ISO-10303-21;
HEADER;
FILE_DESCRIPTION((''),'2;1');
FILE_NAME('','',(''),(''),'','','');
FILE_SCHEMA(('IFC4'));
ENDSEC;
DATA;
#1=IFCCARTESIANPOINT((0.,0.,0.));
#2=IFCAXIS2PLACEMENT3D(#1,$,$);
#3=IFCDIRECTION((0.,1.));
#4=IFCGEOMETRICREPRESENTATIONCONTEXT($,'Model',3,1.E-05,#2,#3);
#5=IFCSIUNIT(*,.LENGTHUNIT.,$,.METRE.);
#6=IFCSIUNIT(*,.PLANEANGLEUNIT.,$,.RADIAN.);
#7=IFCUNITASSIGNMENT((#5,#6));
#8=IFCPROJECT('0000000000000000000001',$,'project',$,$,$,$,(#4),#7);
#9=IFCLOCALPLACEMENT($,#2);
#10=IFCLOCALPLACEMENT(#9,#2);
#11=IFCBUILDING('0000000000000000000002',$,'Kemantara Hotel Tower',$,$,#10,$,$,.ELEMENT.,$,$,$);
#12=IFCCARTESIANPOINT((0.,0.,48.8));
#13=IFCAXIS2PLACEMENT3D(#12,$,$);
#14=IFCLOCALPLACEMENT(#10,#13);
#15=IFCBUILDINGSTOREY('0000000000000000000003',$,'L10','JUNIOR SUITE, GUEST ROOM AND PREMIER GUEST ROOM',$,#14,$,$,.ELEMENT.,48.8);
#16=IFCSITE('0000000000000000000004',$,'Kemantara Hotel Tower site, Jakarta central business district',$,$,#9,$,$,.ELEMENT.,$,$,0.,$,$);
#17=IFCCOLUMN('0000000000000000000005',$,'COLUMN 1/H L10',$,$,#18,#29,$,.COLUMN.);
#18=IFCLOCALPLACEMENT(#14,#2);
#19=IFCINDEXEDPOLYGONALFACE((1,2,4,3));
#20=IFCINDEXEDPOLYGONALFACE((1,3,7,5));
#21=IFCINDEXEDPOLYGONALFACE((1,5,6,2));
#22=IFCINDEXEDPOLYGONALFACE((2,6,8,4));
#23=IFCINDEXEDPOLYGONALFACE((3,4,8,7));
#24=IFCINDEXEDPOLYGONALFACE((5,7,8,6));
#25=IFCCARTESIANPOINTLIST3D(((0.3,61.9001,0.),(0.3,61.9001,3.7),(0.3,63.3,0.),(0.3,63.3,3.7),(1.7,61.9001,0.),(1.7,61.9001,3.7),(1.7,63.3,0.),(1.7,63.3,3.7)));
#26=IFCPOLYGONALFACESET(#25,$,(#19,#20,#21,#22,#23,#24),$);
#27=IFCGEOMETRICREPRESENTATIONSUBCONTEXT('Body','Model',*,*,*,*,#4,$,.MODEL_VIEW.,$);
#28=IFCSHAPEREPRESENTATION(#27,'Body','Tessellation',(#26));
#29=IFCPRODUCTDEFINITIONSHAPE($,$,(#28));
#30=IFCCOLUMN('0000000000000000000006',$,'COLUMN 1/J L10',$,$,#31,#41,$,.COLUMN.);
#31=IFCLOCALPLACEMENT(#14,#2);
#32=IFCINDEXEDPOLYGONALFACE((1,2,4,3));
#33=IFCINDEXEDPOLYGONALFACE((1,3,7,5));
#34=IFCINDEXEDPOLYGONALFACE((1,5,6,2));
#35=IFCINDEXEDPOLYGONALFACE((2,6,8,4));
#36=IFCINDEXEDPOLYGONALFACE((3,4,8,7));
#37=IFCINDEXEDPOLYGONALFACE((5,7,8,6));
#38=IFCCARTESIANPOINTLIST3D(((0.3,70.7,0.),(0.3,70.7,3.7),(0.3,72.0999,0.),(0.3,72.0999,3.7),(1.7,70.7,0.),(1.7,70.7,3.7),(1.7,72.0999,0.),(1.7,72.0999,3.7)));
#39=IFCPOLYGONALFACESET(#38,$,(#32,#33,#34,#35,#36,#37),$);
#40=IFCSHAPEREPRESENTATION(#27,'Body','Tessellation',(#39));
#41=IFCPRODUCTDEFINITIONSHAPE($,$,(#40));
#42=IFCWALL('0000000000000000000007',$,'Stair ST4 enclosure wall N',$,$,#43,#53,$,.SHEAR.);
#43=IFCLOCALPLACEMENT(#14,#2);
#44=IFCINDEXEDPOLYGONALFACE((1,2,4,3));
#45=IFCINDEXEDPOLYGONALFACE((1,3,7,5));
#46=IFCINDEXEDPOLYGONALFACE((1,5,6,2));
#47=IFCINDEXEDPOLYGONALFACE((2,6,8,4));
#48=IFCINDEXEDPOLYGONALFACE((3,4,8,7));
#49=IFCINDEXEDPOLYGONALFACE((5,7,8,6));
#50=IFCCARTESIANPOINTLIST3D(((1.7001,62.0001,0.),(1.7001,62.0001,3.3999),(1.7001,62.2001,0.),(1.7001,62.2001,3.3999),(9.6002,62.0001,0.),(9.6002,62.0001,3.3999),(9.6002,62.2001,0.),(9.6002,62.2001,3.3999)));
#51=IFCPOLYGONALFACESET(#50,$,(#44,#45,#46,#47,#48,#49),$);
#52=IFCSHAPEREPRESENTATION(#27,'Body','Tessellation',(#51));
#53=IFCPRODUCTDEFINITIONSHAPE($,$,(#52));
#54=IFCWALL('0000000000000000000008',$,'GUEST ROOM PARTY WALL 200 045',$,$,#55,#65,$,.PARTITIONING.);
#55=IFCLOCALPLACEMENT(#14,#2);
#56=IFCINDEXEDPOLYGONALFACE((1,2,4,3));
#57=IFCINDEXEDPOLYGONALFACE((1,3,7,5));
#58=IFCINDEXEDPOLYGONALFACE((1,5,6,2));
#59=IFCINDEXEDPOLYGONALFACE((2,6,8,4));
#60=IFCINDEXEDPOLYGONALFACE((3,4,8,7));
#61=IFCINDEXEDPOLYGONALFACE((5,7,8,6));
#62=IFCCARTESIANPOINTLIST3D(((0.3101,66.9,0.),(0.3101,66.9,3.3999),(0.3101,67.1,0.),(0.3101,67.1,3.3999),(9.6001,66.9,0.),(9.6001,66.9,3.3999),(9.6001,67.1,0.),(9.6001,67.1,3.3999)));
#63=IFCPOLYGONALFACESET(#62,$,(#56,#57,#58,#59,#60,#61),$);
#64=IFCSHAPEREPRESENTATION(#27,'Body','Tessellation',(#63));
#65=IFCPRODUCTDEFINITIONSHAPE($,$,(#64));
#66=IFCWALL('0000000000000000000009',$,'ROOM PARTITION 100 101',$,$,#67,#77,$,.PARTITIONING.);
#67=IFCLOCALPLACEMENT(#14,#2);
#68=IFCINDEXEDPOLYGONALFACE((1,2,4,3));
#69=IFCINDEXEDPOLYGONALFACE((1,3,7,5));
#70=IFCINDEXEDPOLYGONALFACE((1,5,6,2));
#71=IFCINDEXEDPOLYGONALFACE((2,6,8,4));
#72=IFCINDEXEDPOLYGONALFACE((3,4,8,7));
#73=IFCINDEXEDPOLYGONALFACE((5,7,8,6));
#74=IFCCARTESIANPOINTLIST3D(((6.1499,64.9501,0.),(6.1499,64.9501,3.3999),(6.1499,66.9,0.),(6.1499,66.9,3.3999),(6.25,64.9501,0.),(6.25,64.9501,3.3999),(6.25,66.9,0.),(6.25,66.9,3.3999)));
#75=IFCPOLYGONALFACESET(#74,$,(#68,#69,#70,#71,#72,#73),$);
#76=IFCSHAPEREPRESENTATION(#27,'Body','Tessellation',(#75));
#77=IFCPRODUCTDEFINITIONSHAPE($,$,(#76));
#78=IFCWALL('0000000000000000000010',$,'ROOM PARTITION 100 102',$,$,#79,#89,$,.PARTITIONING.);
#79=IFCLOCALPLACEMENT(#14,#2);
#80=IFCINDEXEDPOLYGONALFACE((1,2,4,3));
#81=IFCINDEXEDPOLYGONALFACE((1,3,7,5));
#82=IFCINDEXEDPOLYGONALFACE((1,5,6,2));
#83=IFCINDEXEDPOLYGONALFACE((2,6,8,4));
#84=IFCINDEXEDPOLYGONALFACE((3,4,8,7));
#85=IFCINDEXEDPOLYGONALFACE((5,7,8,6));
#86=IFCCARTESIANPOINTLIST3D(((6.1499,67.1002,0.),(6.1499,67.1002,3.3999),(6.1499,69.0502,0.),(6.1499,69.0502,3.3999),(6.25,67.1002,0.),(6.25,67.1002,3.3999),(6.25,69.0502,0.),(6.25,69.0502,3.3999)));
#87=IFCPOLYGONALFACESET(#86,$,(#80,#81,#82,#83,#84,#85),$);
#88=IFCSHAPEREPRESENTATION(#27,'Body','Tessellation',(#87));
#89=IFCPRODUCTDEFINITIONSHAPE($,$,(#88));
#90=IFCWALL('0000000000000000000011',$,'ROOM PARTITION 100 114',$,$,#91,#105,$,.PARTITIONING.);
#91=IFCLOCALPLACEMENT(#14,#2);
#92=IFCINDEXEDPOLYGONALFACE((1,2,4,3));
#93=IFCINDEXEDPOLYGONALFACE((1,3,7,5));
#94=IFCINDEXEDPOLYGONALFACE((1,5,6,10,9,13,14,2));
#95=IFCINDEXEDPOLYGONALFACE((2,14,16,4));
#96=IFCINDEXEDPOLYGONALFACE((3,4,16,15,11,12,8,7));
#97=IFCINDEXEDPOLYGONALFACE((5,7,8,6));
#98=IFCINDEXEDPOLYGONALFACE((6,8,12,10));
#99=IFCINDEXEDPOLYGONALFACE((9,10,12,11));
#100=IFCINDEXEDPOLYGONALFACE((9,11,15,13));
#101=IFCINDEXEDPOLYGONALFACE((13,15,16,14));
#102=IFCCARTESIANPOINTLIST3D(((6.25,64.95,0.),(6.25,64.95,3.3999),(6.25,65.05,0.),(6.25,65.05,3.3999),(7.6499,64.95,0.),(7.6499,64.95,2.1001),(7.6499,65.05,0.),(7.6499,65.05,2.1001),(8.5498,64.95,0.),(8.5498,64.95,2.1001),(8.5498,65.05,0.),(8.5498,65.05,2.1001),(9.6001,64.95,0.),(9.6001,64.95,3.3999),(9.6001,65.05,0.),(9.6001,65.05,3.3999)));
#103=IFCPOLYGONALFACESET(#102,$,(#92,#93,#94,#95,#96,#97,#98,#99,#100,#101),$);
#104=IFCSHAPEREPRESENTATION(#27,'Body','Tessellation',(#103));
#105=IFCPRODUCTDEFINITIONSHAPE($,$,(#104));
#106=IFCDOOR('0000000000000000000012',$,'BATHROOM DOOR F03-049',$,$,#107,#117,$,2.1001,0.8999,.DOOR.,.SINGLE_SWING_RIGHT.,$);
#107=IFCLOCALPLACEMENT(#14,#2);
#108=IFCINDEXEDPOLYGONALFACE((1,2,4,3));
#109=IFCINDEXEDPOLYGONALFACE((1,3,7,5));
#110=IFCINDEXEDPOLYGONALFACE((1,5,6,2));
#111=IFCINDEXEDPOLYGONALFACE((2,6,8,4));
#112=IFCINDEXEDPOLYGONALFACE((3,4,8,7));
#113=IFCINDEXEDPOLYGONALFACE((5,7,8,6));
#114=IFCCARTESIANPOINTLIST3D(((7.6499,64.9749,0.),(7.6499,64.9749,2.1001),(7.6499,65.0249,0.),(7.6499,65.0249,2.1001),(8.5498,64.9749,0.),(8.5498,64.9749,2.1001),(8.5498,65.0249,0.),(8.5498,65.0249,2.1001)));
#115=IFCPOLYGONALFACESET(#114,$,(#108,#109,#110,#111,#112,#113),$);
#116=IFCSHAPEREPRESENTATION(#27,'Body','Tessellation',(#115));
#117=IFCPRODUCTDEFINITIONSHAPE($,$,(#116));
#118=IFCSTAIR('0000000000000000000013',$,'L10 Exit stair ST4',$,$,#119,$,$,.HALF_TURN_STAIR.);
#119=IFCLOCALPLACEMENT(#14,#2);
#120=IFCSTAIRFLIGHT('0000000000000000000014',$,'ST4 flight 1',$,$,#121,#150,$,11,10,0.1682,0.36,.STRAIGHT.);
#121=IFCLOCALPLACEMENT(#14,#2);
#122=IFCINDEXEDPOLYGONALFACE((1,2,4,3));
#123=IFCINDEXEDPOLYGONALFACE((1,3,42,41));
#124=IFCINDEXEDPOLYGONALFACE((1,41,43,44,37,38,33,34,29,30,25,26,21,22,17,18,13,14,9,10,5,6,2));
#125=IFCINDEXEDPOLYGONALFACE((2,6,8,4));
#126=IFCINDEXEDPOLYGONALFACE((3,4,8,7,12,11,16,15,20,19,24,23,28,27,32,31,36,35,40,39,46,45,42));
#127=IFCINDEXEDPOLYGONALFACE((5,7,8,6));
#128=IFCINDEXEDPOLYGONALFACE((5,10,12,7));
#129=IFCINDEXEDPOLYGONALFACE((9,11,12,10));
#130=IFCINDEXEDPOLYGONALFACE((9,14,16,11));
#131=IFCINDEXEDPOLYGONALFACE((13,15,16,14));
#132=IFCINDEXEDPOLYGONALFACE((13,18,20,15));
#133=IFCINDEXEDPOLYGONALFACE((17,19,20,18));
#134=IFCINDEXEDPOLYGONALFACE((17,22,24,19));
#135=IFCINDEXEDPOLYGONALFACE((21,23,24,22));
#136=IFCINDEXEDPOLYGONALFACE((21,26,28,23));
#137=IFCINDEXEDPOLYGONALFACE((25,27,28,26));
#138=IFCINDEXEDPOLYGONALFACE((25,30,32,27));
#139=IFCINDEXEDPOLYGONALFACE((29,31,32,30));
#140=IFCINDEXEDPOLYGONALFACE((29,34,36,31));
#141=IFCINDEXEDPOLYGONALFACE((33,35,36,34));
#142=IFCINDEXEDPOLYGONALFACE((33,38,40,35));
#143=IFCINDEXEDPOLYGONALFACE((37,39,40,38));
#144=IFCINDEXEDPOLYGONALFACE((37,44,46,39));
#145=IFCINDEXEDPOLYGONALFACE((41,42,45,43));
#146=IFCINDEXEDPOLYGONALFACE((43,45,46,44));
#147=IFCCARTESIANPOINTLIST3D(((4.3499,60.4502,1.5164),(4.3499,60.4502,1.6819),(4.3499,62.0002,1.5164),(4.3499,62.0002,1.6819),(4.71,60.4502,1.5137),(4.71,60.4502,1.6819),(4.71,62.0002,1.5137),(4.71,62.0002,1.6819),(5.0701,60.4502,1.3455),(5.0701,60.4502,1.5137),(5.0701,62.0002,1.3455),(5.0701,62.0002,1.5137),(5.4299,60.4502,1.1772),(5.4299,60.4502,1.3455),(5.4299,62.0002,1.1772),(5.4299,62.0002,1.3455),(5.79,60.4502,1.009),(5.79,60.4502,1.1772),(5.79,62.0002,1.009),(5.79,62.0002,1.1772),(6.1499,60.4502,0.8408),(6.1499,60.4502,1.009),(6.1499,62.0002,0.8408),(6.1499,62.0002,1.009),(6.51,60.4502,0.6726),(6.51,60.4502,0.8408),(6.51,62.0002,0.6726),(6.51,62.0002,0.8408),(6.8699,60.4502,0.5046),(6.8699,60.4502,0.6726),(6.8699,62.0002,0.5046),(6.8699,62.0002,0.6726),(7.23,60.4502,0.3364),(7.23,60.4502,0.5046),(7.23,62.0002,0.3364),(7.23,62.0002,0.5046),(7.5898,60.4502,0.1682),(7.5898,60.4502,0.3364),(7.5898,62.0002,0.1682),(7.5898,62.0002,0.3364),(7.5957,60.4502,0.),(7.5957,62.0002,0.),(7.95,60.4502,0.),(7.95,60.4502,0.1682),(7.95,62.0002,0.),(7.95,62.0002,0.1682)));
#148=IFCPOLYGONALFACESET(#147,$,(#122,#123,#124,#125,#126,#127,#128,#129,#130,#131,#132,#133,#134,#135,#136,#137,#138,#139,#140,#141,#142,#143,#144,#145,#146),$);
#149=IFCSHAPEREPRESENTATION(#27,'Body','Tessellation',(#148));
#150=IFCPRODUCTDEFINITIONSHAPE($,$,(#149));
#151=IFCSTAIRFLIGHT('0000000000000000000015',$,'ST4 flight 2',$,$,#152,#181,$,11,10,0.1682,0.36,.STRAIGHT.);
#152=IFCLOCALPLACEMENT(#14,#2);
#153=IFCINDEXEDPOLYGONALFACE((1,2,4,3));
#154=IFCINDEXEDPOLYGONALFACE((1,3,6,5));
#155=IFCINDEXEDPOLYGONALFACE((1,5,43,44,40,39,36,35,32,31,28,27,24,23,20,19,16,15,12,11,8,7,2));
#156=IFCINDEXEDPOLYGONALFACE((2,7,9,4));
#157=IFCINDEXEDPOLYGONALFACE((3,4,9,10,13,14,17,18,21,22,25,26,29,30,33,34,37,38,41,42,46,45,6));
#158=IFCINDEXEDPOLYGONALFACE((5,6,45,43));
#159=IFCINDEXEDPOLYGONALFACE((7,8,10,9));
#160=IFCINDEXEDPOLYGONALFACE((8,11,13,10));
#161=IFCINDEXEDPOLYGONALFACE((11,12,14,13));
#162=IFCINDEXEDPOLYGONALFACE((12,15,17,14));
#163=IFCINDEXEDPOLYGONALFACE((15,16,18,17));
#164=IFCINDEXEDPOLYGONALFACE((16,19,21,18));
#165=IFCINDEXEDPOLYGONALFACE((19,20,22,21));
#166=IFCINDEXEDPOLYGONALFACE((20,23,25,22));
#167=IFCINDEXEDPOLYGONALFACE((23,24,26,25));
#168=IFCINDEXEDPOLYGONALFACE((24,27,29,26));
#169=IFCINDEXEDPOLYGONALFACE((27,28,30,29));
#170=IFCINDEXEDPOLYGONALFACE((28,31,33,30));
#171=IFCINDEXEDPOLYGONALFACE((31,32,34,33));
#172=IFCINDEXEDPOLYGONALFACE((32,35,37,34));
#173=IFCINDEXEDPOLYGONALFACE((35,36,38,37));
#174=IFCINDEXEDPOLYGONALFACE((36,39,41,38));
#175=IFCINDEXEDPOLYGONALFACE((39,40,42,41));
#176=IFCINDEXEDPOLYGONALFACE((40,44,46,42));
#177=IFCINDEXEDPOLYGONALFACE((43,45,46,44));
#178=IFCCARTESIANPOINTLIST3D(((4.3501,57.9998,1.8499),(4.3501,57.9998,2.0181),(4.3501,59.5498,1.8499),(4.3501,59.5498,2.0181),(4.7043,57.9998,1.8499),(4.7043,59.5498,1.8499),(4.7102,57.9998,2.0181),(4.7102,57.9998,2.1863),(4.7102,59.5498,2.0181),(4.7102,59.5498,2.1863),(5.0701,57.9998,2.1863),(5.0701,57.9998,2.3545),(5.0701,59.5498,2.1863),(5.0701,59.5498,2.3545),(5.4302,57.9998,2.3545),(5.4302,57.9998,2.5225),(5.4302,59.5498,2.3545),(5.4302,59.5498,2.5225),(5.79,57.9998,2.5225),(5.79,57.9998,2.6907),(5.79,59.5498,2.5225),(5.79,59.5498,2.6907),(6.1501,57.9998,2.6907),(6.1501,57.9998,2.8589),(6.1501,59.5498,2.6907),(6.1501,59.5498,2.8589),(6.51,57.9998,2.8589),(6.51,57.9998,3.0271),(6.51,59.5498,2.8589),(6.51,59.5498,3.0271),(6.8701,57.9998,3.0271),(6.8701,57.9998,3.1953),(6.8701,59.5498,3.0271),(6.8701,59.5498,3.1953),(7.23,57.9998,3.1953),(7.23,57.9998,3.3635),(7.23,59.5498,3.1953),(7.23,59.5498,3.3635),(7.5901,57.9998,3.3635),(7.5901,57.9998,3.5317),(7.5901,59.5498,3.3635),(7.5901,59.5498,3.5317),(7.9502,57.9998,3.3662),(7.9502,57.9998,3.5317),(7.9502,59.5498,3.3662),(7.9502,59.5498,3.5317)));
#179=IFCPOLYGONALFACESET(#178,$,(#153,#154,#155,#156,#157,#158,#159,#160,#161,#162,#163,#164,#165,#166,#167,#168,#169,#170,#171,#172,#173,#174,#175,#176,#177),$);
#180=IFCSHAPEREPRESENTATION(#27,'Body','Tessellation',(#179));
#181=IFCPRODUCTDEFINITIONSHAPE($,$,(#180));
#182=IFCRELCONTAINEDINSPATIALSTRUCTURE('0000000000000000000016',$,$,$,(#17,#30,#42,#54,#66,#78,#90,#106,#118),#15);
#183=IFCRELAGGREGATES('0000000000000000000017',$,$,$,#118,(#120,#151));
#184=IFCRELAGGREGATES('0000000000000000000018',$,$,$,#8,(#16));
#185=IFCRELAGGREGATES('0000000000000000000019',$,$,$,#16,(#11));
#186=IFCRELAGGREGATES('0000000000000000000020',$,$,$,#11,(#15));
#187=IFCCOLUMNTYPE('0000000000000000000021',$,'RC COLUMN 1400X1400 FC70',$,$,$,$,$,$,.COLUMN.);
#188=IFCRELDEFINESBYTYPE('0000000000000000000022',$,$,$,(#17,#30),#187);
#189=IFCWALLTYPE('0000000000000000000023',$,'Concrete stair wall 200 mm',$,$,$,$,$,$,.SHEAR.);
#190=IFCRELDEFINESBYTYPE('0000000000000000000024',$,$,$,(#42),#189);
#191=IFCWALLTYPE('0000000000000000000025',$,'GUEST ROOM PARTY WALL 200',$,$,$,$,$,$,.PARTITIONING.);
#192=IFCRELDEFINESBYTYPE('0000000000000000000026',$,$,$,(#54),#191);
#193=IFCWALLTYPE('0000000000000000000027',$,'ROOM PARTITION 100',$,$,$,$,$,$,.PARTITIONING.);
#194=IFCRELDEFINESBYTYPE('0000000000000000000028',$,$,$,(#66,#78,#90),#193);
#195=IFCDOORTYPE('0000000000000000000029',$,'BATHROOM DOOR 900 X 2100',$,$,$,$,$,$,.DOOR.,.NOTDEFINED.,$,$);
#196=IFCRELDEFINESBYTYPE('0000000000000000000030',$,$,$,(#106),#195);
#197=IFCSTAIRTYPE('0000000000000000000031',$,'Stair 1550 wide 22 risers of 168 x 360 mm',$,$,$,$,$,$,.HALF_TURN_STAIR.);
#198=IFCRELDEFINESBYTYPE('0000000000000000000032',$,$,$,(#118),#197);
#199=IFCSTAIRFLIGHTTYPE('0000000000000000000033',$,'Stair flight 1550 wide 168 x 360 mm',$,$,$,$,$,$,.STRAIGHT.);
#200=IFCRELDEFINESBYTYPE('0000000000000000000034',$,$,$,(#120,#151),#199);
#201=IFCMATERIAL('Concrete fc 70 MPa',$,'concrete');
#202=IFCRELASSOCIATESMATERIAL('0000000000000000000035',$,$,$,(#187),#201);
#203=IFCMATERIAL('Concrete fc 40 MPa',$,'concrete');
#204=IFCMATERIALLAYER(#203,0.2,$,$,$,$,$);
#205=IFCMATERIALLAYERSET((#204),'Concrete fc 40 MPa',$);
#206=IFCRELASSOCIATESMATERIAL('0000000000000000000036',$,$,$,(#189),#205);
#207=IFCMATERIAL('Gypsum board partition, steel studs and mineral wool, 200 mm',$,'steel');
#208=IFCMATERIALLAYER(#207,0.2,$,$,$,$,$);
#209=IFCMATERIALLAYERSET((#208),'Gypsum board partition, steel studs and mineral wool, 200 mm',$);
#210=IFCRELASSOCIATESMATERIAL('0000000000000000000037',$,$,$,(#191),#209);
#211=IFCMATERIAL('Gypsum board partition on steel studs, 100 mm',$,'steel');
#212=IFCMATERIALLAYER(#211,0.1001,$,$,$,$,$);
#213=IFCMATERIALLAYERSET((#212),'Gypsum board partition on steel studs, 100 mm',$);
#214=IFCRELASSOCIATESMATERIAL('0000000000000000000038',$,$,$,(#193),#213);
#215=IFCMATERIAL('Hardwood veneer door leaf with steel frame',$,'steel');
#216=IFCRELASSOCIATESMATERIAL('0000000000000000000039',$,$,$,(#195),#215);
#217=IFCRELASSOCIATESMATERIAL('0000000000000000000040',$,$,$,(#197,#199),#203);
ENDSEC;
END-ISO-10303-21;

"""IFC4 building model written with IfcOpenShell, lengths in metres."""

from ifc_helpers import new_model, si_unit, direction, frame, frame_2d, origin, origin_2d, place, context, subcontext, project, spatial, polyline, rectangle, outline, extrude, material, layer, layer_set, material_profile, profile_set, type_object, element, fill, aggregate, save


model = new_model("IFC4")

# Units and contexts
model_context = context("Model", 3, precision=1e-05, world=origin(), true_north=direction((0.0, 1.0)))
body_context = subcontext(model_context, "Body", "Model", "MODEL_VIEW")
ifc_project = project(units=[si_unit("LENGTHUNIT", "METRE"), si_unit("PLANEANGLEUNIT", "RADIAN")], contexts=[model_context])

# Site, building, storey
site_placement = place(None, origin())
site = spatial("IfcSite", under=ifc_project, at=site_placement, Name="Kemantara Hotel Tower site, Jakarta central business district", CompositionType="ELEMENT", RefElevation=0.0)
building_placement = place(site_placement, origin())
building = spatial("IfcBuilding", under=site, at=building_placement, Name="Kemantara Hotel Tower", CompositionType="ELEMENT")
storey_placement = place(building_placement, frame((0.0, 0.0, 48.8)))
storey = spatial("IfcBuildingStorey", under=building, at=storey_placement, Name="L10", Description="JUNIOR SUITE, GUEST ROOM AND PREMIER GUEST ROOM", CompositionType="ELEMENT", Elevation=48.8)

# Columns
ifc_material_1 = material(Name="Concrete fc 70 MPa", Category="concrete")
ifc_material_profile = material_profile(ifc_material_1, rectangle(XDim=1.3999, YDim=1.3999, at=origin_2d()), Name="RC 1400X1400")
ifc_profile_set = profile_set([ifc_material_profile], Name="Concrete fc 70 MPa")
column_type = type_object("IfcColumnType", Name="RC COLUMN 1400X1400 FC70", PredefinedType="COLUMN", material=ifc_profile_set)
for number, where, z_axis, x_axis, name in (
    (1, (1.0, 62.6001, 0.0), (0.0, 0.0, 1.0), (1.0, 0.0, 0.0), "COLUMN 1/H L10"),
    (2, (1.0, 71.3999, 0.0), (0.0, 0.0, 1.0), (1.0, 0.0, 0.0), "COLUMN 1/J L10"),
):
    element("IfcColumn", number, at=place(storey_placement, frame(where, z_axis=z_axis, x_axis=x_axis)), inside=storey, type_object=column_type, Name=name, PredefinedType="COLUMN", context=body_context, shape_type="SweptSolid", body=[
        extrude(rectangle(XDim=1.3999, YDim=1.3999, at=origin_2d()), origin(), (0.0, 0.0, 1.0), 3.7),
    ])

# Walls
ifc_material_2 = material(Name="Concrete fc 40 MPa", Category="concrete")
ifc_layer_1 = layer(ifc_material_2, 0.2)
ifc_layer_set_1 = layer_set([ifc_layer_1], Name="Concrete fc 40 MPa")
wall_type_1 = type_object("IfcWallType", Name="Concrete stair wall 200 mm", PredefinedType="SHEAR", material=ifc_layer_set_1)
wall_1_placement = place(storey_placement, frame((1.7, 62.1001, 0.0), z_axis=(0.0, 0.0, 1.0), x_axis=(1.0, 0.0, 0.0)))
element("IfcWall", 3, at=wall_1_placement, inside=storey, type_object=wall_type_1, Name="Stair ST4 enclosure wall N", PredefinedType="SHEAR", context=body_context, shape_type="SweptSolid", body=[
    extrude(rectangle(XDim=7.9001, YDim=0.2, at=frame_2d((3.9502, 0.0))), origin(), (0.0, 0.0, 1.0), 3.3999),
])
ifc_material_3 = material(Name="Gypsum board partition, steel studs and mineral wool, 200 mm", Category="steel")
ifc_layer_2 = layer(ifc_material_3, 0.2)
ifc_layer_set_2 = layer_set([ifc_layer_2], Name="Gypsum board partition, steel studs and mineral wool, 200 mm")
wall_type_2 = type_object("IfcWallType", Name="GUEST ROOM PARTY WALL 200", PredefinedType="PARTITIONING", material=ifc_layer_set_2)
wall_2_placement = place(storey_placement, frame((0.3101, 67.0, 0.0), z_axis=(0.0, 0.0, 1.0), x_axis=(1.0, 0.0, 0.0)))
element("IfcWall", 4, at=wall_2_placement, inside=storey, type_object=wall_type_2, Name="GUEST ROOM PARTY WALL 200 045", PredefinedType="PARTITIONING", context=body_context, shape_type="SweptSolid", body=[
    extrude(rectangle(XDim=9.29, YDim=0.2, at=frame_2d((4.645, 0.0))), origin(), (0.0, 0.0, 1.0), 3.3999),
])
ifc_material_4 = material(Name="Gypsum board partition on steel studs, 100 mm", Category="steel")
ifc_layer_3 = layer(ifc_material_4, 0.1001)
ifc_layer_set_3 = layer_set([ifc_layer_3], Name="Gypsum board partition on steel studs, 100 mm")
wall_type_3 = type_object("IfcWallType", Name="ROOM PARTITION 100", PredefinedType="PARTITIONING", material=ifc_layer_set_3)
for number, where, z_axis, x_axis, name in (
    (5, (6.2, 64.95, 0.0), (0.0, 0.0, 1.0), (0.0, 1.0, 0.0), "ROOM PARTITION 100 101"),
    (6, (6.2, 67.1001, 0.0), (0.0, 0.0, 1.0), (0.0, 1.0, 0.0), "ROOM PARTITION 100 102"),
):
    element("IfcWall", number, at=place(storey_placement, frame(where, z_axis=z_axis, x_axis=x_axis)), inside=storey, type_object=wall_type_3, Name=name, PredefinedType="PARTITIONING", context=body_context, shape_type="SweptSolid", body=[
        extrude(rectangle(XDim=1.95, YDim=0.1001, at=frame_2d((0.9751, 0.0))), origin(), (0.0, 0.0, 1.0), 3.3999),
    ])

# Wall, opening, door
wall_3_placement = place(storey_placement, frame((6.25, 65.0, 0.0), z_axis=(0.0, 0.0, 1.0), x_axis=(1.0, 0.0, 0.0)))
wall_3 = element("IfcWall", 7, at=wall_3_placement, inside=storey, type_object=wall_type_3, Name="ROOM PARTITION 100 114", PredefinedType="PARTITIONING", context=body_context, shape_type="SweptSolid", body=[
    extrude(rectangle(XDim=3.3501, YDim=0.1001, at=frame_2d((1.675, 0.0))), origin(), (0.0, 0.0, 1.0), 3.3999),
])
opening_placement = place(wall_3_placement, frame((1.3999, 0.0, 0.0)))
opening = element("IfcOpeningElement", 8, at=opening_placement, cuts=wall_3, PredefinedType="OPENING", context=body_context, shape_type="SweptSolid", body=[
    extrude(rectangle(XDim=0.8999, YDim=2.1001, at=frame_2d((0.45, 1.05))), frame((0.0, 0.0601, 0.0), z_axis=(0.0, -1.0, 0.0), x_axis=(1.0, 0.0, 0.0)), (0.0, 0.0, 1.0), 0.1201),
])
ifc_material_5 = material(Name="Hardwood veneer door leaf with steel frame", Category="steel")
door_type = type_object("IfcDoorType", Name="BATHROOM DOOR 900 X 2100", OperationType="NOTDEFINED", PredefinedType="DOOR", material=ifc_material_5)
door_placement = place(opening_placement, origin())
door = element("IfcDoor", 9, at=door_placement, inside=storey, type_object=door_type, Name="BATHROOM DOOR F03-049", OperationType="SINGLE_SWING_RIGHT", OverallHeight=2.1001, OverallWidth=0.8999, PredefinedType="DOOR", context=body_context, shape_type="SweptSolid", body=[
    extrude(rectangle(XDim=0.8999, YDim=2.1001, at=frame_2d((0.45, 1.05))), frame((0.0, 0.0249, 0.0), z_axis=(0.0, -1.0, 0.0), x_axis=(1.0, 0.0, 0.0)), (0.0, 0.0, 1.0), 0.05),
])
fill(opening, door)

# Stair, stair flights
stair_type = type_object("IfcStairType", Name="Stair 1550 wide 22 risers of 168 x 360 mm", PredefinedType="HALF_TURN_STAIR", material=ifc_material_2)
stair_placement = place(storey_placement, origin())
stair = element("IfcStair", 10, at=stair_placement, inside=storey, type_object=stair_type, Name="L10 Exit stair ST4", PredefinedType="HALF_TURN_STAIR")
stair_flight_type = type_object("IfcStairFlightType", Name="Stair flight 1550 wide 168 x 360 mm", PredefinedType="STRAIGHT", material=ifc_material_2)
stair_flight_1_placement = place(storey_placement, frame((7.95, 61.2251, 0.0), z_axis=(0.0, 0.0, 1.0), x_axis=(-1.0, 0.0, 0.0)))
stair_flight_1 = element("IfcStairFlight", 11, at=stair_flight_1_placement, type_object=stair_flight_type, Name="ST4 flight 1", NumberOfRisers=11, NumberOfTreads=10, PredefinedType="STRAIGHT", RiserHeight=0.1682, TreadLength=0.36, context=body_context, shape_type="SweptSolid", body=[
    extrude(outline(polyline([(0.0, 0.0), (0.0, 0.1682), (0.3601, 0.1682), (0.3601, 0.3364), (0.72, 0.3364), (0.72, 0.5046), (1.0801, 0.5046), (1.0801, 0.6726), (1.4399, 0.6726), (1.4399, 0.8408), (1.8, 0.8408), (1.8, 1.009), (2.1599, 1.009), (2.1599, 1.1772), (2.52, 1.1772), (2.52, 1.3455), (2.8799, 1.3455), (2.8799, 1.5137), (3.24, 1.5137), (3.24, 1.6819), (3.6001, 1.6819), (3.6001, 1.8501), (3.6001, 1.5164), (0.3542, 0.0), (0.0, 0.0)])), frame((0.0, 0.7749, 0.0), z_axis=(0.0, -1.0, 0.0), x_axis=(1.0, 0.0, 0.0)), (0.0, 0.0, 1.0), 1.55),
])
stair_flight_2_placement = place(storey_placement, frame((4.3501, 58.7749, 1.8499), z_axis=(0.0, 0.0, 1.0), x_axis=(1.0, 0.0, 0.0)))
stair_flight_2 = element("IfcStairFlight", 12, at=stair_flight_2_placement, type_object=stair_flight_type, Name="ST4 flight 2", NumberOfRisers=11, NumberOfTreads=10, PredefinedType="STRAIGHT", RiserHeight=0.1682, TreadLength=0.36, context=body_context, shape_type="SweptSolid", body=[
    extrude(outline(polyline([(0.0, 0.0), (0.0, 0.1682), (0.3601, 0.1682), (0.3601, 0.3364), (0.72, 0.3364), (0.72, 0.5046), (1.0801, 0.5046), (1.0801, 0.6726), (1.4399, 0.6726), (1.4399, 0.8408), (1.8, 0.8408), (1.8, 1.009), (2.1599, 1.009), (2.1599, 1.1772), (2.52, 1.1772), (2.52, 1.3455), (2.8799, 1.3455), (2.8799, 1.5137), (3.24, 1.5137), (3.24, 1.6819), (3.6001, 1.6819), (3.6001, 1.8501), (3.6001, 1.5164), (0.3542, 0.0), (0.0, 0.0)])), frame((0.0, 0.7749, 0.0), z_axis=(0.0, -1.0, 0.0), x_axis=(1.0, 0.0, 0.0)), (0.0, 0.0, 1.0), 1.55),
])
aggregate(stair, [stair_flight_1, stair_flight_2])

save(model, "model.ifc")
